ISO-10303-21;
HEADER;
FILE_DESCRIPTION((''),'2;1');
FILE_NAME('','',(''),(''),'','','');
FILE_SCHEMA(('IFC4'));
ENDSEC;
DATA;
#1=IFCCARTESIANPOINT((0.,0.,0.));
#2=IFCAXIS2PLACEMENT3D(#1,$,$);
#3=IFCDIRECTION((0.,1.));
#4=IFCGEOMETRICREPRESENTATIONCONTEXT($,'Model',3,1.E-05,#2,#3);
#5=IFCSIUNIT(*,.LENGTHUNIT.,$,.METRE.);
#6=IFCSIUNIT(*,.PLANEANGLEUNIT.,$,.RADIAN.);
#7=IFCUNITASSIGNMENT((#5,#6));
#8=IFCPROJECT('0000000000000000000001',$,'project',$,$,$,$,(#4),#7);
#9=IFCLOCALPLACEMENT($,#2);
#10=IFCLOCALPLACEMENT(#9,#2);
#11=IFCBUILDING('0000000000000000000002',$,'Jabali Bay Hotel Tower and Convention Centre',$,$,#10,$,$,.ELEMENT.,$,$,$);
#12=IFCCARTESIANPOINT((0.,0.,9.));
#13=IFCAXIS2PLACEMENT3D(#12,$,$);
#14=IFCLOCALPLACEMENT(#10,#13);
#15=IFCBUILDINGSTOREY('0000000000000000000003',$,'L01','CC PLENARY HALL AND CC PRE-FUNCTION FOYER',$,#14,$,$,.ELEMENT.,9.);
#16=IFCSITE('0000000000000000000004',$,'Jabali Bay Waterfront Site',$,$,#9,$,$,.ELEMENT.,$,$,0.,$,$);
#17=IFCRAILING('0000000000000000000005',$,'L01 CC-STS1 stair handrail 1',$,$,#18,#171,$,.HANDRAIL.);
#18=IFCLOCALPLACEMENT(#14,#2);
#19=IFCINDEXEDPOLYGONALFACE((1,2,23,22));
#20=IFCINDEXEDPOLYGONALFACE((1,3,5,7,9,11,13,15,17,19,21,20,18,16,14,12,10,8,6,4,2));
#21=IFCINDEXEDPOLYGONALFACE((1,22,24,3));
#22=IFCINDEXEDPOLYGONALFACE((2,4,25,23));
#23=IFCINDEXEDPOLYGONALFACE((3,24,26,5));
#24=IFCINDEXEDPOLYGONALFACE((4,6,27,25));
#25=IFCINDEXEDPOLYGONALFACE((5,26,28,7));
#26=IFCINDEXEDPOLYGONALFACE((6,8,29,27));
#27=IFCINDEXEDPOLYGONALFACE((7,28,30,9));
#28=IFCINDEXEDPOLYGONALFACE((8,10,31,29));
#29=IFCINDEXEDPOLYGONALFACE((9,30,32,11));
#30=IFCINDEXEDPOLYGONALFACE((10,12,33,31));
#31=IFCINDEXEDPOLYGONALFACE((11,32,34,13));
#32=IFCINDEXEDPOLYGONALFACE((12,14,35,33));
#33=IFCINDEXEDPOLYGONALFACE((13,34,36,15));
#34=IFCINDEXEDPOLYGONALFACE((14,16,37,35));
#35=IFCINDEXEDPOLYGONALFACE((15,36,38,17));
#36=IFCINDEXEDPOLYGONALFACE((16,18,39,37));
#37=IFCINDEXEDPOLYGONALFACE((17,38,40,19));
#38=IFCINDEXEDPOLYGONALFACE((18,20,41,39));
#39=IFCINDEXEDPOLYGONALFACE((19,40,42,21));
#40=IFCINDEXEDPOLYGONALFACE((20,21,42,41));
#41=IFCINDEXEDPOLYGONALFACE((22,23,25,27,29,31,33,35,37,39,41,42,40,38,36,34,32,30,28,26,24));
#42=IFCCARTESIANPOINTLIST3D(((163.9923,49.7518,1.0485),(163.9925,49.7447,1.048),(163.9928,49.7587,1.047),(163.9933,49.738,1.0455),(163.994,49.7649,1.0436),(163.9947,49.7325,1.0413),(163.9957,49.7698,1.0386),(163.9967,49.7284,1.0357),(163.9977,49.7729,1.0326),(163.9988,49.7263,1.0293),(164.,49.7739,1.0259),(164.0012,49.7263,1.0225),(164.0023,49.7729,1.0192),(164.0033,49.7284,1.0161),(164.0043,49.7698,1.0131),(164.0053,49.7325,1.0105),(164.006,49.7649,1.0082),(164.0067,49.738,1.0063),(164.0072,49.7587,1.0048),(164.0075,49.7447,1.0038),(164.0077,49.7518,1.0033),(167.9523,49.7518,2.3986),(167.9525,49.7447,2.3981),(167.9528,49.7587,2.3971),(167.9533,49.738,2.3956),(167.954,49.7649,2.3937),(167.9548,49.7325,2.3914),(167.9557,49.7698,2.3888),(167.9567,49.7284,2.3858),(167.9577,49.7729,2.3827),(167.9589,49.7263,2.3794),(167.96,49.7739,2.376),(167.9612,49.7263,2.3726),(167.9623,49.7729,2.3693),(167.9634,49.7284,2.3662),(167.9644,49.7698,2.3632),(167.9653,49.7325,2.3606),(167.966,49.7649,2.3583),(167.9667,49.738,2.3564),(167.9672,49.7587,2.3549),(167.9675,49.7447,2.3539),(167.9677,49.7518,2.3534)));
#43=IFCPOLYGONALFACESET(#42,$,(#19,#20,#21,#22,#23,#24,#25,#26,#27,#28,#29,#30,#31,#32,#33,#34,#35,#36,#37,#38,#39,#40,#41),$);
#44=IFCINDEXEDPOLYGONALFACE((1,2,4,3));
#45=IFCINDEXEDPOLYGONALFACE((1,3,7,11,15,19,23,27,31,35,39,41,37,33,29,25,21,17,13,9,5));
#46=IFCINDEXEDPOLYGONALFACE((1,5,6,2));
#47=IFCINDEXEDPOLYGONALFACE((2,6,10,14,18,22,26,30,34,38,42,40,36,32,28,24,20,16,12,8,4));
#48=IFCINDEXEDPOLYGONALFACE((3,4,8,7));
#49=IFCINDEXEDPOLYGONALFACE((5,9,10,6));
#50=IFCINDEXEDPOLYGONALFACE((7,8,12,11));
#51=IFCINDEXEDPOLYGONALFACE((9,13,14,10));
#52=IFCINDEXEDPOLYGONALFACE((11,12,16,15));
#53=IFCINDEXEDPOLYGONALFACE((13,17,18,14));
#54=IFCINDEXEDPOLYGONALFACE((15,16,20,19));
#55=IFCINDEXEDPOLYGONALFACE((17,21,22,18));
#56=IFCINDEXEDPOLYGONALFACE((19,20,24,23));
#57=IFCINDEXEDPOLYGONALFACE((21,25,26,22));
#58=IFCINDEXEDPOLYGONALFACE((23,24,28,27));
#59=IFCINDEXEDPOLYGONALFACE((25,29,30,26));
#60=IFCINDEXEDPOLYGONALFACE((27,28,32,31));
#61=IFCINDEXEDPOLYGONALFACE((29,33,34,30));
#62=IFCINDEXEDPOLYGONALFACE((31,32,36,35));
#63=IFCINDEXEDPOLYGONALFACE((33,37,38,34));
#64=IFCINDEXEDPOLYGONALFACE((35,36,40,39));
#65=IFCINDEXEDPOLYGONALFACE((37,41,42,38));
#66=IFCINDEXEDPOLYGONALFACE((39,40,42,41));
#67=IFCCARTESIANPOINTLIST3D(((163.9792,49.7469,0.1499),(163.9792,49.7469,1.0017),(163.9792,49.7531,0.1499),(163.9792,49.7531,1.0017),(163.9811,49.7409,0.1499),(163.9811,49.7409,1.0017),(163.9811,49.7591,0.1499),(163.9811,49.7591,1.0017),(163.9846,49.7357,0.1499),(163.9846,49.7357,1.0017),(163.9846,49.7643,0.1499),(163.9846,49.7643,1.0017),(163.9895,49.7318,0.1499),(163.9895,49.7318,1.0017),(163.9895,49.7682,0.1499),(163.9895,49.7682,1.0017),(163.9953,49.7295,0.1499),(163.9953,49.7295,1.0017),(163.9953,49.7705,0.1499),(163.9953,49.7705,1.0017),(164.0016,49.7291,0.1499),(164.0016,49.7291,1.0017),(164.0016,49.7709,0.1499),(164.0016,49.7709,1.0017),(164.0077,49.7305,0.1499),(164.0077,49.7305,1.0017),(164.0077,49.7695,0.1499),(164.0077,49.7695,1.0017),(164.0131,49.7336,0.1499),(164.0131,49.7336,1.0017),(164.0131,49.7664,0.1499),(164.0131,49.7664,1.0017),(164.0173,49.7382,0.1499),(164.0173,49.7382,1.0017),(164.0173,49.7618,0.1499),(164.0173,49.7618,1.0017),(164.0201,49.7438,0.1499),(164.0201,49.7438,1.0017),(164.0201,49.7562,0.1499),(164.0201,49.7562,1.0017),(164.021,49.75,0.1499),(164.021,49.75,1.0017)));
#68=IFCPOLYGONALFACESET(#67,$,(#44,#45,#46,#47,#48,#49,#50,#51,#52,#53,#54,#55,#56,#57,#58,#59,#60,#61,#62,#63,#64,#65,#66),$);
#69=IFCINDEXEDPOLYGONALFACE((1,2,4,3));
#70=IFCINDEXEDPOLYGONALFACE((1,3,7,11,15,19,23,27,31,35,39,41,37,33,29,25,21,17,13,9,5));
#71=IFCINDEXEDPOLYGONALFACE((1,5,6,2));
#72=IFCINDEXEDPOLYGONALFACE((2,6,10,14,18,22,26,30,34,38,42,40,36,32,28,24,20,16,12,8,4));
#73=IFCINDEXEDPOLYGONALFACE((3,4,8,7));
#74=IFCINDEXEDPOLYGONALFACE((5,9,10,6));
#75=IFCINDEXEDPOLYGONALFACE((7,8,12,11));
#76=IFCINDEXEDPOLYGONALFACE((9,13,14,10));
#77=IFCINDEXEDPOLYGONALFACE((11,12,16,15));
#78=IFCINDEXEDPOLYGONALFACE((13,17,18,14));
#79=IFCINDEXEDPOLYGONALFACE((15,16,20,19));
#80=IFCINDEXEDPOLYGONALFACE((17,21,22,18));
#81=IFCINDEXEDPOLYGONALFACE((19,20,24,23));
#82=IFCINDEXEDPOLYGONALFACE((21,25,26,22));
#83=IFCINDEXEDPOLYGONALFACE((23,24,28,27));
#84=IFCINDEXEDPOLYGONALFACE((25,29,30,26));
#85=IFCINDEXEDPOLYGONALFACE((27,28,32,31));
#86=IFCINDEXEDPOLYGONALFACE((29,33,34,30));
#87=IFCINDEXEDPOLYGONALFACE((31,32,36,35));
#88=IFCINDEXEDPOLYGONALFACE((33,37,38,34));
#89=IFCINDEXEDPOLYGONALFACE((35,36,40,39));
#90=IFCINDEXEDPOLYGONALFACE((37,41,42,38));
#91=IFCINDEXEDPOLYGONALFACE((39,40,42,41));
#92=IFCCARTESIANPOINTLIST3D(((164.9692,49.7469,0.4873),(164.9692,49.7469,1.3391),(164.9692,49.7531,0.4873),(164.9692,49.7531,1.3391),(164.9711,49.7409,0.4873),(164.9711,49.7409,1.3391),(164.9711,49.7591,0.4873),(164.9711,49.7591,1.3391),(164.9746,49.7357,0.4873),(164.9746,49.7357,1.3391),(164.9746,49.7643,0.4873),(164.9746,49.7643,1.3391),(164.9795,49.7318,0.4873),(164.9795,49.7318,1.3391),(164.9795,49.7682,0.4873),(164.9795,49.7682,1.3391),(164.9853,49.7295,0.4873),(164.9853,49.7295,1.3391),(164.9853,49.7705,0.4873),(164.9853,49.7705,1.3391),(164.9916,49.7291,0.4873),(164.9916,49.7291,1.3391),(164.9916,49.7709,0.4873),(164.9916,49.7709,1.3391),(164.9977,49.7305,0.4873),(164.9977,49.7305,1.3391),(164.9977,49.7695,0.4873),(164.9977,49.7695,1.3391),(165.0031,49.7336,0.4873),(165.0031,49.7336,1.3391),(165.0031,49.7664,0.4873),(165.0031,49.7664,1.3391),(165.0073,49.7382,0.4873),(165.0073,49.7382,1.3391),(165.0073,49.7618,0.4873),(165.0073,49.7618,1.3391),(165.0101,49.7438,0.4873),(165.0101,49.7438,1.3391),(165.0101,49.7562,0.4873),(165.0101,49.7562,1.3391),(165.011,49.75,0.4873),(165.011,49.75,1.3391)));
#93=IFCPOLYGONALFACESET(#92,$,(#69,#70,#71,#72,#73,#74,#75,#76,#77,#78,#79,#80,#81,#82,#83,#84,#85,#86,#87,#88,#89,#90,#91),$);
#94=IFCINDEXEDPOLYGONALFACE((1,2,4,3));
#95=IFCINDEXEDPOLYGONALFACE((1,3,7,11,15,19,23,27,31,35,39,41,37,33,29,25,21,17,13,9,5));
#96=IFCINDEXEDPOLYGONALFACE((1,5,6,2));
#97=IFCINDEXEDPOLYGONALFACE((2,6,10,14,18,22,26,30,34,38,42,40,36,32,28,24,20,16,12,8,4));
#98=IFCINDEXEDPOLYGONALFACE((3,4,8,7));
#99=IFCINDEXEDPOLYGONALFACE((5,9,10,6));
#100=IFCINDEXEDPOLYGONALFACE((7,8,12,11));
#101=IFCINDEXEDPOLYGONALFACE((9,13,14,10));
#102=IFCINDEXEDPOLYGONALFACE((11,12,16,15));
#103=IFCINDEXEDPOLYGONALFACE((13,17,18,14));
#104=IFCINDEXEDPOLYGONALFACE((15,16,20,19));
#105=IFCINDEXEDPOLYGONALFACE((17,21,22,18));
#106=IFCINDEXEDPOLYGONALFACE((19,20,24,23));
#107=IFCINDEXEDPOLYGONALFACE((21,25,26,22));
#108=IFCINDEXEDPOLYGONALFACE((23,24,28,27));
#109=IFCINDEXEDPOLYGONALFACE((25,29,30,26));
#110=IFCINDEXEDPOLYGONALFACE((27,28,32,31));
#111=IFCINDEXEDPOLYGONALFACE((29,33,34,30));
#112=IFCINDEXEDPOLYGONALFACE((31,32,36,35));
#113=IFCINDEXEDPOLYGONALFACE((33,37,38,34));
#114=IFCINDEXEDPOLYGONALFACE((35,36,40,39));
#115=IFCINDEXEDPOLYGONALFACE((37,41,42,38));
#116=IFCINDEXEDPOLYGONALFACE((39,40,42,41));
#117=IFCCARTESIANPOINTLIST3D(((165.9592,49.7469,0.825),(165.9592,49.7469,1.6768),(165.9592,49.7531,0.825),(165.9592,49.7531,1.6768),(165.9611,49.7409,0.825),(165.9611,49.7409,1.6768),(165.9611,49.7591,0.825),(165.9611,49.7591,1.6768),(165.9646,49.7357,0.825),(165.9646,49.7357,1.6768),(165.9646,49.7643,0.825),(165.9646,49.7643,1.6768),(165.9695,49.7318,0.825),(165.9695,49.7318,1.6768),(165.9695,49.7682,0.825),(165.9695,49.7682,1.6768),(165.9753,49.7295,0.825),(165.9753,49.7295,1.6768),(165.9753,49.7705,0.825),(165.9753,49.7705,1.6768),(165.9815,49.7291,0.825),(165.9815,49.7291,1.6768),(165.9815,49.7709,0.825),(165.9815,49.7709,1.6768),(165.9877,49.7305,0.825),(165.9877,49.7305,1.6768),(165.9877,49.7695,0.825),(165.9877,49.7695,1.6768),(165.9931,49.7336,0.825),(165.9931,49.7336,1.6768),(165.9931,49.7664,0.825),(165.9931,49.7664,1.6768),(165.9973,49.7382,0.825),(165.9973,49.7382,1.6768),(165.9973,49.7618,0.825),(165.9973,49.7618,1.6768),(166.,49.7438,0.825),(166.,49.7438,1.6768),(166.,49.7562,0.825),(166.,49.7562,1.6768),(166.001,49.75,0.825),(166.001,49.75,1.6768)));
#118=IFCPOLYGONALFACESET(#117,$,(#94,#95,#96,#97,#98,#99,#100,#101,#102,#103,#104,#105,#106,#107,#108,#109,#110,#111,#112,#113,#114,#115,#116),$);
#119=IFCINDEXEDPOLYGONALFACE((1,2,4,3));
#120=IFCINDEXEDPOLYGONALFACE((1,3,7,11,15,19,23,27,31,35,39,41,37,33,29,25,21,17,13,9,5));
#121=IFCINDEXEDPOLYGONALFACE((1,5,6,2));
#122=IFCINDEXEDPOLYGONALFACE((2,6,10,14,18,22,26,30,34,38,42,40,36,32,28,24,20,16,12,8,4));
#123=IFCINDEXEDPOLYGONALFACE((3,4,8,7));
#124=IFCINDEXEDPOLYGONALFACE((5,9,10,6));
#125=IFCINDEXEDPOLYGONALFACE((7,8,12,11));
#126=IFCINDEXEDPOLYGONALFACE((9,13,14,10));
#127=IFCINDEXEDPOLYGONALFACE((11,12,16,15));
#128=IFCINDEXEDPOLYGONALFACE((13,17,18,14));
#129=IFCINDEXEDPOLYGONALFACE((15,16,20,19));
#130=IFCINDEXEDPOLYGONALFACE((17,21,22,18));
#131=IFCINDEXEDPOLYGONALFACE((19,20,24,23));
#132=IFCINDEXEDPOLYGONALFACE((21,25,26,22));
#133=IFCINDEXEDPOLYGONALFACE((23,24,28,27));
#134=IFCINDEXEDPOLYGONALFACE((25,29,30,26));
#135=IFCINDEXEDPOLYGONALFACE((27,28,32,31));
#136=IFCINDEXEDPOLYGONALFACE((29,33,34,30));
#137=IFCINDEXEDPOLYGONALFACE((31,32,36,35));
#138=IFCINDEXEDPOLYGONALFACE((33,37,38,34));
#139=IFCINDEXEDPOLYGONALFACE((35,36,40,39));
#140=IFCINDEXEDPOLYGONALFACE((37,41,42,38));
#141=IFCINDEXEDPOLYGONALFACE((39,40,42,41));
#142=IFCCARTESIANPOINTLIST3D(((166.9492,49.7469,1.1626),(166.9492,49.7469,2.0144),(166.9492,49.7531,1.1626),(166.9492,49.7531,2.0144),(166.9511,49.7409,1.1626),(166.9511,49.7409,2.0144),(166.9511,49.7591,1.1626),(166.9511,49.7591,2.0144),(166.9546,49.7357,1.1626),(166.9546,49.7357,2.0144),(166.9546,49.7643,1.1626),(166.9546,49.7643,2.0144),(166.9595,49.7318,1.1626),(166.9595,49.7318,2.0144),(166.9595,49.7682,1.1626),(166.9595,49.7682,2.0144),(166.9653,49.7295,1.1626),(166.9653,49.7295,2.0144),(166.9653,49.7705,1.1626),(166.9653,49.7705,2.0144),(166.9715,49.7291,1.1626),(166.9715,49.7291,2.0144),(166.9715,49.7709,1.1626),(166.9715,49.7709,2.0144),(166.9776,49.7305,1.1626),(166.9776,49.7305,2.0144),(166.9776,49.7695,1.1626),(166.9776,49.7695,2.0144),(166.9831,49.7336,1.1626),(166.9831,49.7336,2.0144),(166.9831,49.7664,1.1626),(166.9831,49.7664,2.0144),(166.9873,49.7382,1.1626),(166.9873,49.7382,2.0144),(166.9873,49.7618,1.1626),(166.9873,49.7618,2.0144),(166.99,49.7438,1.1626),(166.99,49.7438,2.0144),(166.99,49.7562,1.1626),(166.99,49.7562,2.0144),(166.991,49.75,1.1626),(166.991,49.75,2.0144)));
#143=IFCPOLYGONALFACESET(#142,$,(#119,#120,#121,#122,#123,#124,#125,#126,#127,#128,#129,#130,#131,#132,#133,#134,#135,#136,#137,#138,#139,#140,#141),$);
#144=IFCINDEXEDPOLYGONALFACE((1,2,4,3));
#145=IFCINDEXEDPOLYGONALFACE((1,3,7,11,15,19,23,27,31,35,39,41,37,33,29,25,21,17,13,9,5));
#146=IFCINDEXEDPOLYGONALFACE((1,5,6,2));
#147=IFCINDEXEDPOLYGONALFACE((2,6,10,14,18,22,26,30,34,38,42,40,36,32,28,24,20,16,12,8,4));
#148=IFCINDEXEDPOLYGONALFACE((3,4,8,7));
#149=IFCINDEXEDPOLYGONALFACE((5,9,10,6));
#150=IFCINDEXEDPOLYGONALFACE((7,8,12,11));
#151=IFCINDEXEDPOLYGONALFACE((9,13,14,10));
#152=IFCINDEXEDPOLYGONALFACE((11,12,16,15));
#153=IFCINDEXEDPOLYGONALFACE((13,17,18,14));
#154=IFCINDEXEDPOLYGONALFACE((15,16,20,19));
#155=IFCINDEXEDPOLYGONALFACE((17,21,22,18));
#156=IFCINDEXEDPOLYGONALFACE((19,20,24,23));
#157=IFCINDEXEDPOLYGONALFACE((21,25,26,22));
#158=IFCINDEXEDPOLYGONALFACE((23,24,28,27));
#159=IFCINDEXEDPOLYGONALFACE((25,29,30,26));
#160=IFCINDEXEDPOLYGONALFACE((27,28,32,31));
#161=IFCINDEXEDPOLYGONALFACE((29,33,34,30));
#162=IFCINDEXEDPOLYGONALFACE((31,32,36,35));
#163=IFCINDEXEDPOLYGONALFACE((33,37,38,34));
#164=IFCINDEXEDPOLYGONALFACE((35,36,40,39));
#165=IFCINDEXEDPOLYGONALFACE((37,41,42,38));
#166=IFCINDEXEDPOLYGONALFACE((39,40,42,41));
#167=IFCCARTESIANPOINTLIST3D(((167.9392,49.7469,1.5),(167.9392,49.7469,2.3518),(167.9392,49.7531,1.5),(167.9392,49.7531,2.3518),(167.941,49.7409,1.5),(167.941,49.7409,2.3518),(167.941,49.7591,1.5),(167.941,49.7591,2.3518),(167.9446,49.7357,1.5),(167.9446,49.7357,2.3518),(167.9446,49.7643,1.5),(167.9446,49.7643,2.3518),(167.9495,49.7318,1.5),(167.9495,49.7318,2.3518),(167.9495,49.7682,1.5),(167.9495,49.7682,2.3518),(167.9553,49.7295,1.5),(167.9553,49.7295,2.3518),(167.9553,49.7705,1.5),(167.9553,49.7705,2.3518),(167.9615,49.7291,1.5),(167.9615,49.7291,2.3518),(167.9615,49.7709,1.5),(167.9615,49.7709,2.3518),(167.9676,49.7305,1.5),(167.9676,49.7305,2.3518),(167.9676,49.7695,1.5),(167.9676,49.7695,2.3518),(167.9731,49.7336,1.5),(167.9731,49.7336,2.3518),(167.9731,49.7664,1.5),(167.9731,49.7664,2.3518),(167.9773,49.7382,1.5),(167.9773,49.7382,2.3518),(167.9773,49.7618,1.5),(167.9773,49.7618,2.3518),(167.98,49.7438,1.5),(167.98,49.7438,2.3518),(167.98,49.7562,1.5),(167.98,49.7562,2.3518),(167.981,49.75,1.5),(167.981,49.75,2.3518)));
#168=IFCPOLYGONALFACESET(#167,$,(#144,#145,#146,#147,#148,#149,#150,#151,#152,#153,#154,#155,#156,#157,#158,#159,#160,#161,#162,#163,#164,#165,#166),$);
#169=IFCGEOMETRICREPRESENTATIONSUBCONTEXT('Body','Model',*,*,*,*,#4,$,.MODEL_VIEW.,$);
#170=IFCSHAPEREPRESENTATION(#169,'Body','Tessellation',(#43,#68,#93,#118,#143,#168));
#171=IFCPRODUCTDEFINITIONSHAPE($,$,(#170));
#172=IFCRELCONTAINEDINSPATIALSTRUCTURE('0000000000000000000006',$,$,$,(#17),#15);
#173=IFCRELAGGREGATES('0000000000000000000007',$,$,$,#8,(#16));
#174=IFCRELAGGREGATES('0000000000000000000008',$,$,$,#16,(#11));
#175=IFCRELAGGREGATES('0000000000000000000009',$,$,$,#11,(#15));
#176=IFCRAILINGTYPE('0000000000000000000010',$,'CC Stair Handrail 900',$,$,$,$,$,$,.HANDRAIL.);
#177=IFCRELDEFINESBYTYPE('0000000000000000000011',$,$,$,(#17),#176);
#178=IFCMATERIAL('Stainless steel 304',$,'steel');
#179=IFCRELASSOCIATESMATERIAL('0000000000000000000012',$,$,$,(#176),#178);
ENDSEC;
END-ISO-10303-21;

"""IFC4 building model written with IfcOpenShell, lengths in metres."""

from ifc_helpers import new_model, si_unit, direction, frame, origin, origin_2d, place, context, subcontext, project, spatial, circle, extrude, material, type_object, element, save


model = new_model("IFC4")

# Units and contexts
model_context = context("Model", 3, precision=1e-05, world=origin(), true_north=direction((0.0, 1.0)))
body_context = subcontext(model_context, "Body", "Model", "MODEL_VIEW")
ifc_project = project(units=[si_unit("LENGTHUNIT", "METRE"), si_unit("PLANEANGLEUNIT", "RADIAN")], contexts=[model_context])

# Site, building, storey
site_placement = place(None, origin())
site = spatial("IfcSite", under=ifc_project, at=site_placement, Name="Jabali Bay Waterfront Site", CompositionType="ELEMENT", RefElevation=0.0)
building_placement = place(site_placement, origin())
building = spatial("IfcBuilding", under=site, at=building_placement, Name="Jabali Bay Hotel Tower and Convention Centre", CompositionType="ELEMENT")
storey_placement = place(building_placement, frame((0.0, 0.0, 9.0)))
storey = spatial("IfcBuildingStorey", under=building, at=storey_placement, Name="L01", Description="CC PLENARY HALL AND CC PRE-FUNCTION FOYER", CompositionType="ELEMENT", Elevation=9.0)

# Railing
ifc_material_1 = material(Name="Stainless steel 304", Category="steel")
railing_type_1 = type_object("IfcRailingType", Name="CC Stair Handrail 900", PredefinedType="HANDRAIL", material=ifc_material_1)
for number, where, name in (
    (1, (164.0, 49.75, 0.1499), "L01 CC-STS1 stair handrail 1"),
):
    element("IfcRailing", number, at=place(storey_placement, frame(where)), inside=storey, type_object=railing_type_1, Name=name, PredefinedType="HANDRAIL", context=body_context, shape_type="SweptSolid", body=[
        extrude(circle(Radius=0.0239, at=origin_2d()), frame((0.0, 0.0, 0.876), z_axis=(0.946502, 0.0, 0.322698), x_axis=(0.0, 1.0, 0.0)), (0.0, 0.0, 1.0), 4.1838),
        extrude(circle(Radius=0.021, at=origin_2d()), origin(), (0.0, 0.0, 1.0), 0.8518),
        extrude(circle(Radius=0.021, at=origin_2d()), frame((0.99, 0.0, 0.3374)), (0.0, 0.0, 1.0), 0.8518),
        extrude(circle(Radius=0.021, at=origin_2d()), frame((1.98, 0.0, 0.675)), (0.0, 0.0, 1.0), 0.8518),
        extrude(circle(Radius=0.021, at=origin_2d()), frame((2.97, 0.0, 1.0127)), (0.0, 0.0, 1.0), 0.8518),
        extrude(circle(Radius=0.021, at=origin_2d()), frame((3.96, 0.0, 1.3501)), (0.0, 0.0, 1.0), 0.8518),
    ])

save(model, "model.ifc")
